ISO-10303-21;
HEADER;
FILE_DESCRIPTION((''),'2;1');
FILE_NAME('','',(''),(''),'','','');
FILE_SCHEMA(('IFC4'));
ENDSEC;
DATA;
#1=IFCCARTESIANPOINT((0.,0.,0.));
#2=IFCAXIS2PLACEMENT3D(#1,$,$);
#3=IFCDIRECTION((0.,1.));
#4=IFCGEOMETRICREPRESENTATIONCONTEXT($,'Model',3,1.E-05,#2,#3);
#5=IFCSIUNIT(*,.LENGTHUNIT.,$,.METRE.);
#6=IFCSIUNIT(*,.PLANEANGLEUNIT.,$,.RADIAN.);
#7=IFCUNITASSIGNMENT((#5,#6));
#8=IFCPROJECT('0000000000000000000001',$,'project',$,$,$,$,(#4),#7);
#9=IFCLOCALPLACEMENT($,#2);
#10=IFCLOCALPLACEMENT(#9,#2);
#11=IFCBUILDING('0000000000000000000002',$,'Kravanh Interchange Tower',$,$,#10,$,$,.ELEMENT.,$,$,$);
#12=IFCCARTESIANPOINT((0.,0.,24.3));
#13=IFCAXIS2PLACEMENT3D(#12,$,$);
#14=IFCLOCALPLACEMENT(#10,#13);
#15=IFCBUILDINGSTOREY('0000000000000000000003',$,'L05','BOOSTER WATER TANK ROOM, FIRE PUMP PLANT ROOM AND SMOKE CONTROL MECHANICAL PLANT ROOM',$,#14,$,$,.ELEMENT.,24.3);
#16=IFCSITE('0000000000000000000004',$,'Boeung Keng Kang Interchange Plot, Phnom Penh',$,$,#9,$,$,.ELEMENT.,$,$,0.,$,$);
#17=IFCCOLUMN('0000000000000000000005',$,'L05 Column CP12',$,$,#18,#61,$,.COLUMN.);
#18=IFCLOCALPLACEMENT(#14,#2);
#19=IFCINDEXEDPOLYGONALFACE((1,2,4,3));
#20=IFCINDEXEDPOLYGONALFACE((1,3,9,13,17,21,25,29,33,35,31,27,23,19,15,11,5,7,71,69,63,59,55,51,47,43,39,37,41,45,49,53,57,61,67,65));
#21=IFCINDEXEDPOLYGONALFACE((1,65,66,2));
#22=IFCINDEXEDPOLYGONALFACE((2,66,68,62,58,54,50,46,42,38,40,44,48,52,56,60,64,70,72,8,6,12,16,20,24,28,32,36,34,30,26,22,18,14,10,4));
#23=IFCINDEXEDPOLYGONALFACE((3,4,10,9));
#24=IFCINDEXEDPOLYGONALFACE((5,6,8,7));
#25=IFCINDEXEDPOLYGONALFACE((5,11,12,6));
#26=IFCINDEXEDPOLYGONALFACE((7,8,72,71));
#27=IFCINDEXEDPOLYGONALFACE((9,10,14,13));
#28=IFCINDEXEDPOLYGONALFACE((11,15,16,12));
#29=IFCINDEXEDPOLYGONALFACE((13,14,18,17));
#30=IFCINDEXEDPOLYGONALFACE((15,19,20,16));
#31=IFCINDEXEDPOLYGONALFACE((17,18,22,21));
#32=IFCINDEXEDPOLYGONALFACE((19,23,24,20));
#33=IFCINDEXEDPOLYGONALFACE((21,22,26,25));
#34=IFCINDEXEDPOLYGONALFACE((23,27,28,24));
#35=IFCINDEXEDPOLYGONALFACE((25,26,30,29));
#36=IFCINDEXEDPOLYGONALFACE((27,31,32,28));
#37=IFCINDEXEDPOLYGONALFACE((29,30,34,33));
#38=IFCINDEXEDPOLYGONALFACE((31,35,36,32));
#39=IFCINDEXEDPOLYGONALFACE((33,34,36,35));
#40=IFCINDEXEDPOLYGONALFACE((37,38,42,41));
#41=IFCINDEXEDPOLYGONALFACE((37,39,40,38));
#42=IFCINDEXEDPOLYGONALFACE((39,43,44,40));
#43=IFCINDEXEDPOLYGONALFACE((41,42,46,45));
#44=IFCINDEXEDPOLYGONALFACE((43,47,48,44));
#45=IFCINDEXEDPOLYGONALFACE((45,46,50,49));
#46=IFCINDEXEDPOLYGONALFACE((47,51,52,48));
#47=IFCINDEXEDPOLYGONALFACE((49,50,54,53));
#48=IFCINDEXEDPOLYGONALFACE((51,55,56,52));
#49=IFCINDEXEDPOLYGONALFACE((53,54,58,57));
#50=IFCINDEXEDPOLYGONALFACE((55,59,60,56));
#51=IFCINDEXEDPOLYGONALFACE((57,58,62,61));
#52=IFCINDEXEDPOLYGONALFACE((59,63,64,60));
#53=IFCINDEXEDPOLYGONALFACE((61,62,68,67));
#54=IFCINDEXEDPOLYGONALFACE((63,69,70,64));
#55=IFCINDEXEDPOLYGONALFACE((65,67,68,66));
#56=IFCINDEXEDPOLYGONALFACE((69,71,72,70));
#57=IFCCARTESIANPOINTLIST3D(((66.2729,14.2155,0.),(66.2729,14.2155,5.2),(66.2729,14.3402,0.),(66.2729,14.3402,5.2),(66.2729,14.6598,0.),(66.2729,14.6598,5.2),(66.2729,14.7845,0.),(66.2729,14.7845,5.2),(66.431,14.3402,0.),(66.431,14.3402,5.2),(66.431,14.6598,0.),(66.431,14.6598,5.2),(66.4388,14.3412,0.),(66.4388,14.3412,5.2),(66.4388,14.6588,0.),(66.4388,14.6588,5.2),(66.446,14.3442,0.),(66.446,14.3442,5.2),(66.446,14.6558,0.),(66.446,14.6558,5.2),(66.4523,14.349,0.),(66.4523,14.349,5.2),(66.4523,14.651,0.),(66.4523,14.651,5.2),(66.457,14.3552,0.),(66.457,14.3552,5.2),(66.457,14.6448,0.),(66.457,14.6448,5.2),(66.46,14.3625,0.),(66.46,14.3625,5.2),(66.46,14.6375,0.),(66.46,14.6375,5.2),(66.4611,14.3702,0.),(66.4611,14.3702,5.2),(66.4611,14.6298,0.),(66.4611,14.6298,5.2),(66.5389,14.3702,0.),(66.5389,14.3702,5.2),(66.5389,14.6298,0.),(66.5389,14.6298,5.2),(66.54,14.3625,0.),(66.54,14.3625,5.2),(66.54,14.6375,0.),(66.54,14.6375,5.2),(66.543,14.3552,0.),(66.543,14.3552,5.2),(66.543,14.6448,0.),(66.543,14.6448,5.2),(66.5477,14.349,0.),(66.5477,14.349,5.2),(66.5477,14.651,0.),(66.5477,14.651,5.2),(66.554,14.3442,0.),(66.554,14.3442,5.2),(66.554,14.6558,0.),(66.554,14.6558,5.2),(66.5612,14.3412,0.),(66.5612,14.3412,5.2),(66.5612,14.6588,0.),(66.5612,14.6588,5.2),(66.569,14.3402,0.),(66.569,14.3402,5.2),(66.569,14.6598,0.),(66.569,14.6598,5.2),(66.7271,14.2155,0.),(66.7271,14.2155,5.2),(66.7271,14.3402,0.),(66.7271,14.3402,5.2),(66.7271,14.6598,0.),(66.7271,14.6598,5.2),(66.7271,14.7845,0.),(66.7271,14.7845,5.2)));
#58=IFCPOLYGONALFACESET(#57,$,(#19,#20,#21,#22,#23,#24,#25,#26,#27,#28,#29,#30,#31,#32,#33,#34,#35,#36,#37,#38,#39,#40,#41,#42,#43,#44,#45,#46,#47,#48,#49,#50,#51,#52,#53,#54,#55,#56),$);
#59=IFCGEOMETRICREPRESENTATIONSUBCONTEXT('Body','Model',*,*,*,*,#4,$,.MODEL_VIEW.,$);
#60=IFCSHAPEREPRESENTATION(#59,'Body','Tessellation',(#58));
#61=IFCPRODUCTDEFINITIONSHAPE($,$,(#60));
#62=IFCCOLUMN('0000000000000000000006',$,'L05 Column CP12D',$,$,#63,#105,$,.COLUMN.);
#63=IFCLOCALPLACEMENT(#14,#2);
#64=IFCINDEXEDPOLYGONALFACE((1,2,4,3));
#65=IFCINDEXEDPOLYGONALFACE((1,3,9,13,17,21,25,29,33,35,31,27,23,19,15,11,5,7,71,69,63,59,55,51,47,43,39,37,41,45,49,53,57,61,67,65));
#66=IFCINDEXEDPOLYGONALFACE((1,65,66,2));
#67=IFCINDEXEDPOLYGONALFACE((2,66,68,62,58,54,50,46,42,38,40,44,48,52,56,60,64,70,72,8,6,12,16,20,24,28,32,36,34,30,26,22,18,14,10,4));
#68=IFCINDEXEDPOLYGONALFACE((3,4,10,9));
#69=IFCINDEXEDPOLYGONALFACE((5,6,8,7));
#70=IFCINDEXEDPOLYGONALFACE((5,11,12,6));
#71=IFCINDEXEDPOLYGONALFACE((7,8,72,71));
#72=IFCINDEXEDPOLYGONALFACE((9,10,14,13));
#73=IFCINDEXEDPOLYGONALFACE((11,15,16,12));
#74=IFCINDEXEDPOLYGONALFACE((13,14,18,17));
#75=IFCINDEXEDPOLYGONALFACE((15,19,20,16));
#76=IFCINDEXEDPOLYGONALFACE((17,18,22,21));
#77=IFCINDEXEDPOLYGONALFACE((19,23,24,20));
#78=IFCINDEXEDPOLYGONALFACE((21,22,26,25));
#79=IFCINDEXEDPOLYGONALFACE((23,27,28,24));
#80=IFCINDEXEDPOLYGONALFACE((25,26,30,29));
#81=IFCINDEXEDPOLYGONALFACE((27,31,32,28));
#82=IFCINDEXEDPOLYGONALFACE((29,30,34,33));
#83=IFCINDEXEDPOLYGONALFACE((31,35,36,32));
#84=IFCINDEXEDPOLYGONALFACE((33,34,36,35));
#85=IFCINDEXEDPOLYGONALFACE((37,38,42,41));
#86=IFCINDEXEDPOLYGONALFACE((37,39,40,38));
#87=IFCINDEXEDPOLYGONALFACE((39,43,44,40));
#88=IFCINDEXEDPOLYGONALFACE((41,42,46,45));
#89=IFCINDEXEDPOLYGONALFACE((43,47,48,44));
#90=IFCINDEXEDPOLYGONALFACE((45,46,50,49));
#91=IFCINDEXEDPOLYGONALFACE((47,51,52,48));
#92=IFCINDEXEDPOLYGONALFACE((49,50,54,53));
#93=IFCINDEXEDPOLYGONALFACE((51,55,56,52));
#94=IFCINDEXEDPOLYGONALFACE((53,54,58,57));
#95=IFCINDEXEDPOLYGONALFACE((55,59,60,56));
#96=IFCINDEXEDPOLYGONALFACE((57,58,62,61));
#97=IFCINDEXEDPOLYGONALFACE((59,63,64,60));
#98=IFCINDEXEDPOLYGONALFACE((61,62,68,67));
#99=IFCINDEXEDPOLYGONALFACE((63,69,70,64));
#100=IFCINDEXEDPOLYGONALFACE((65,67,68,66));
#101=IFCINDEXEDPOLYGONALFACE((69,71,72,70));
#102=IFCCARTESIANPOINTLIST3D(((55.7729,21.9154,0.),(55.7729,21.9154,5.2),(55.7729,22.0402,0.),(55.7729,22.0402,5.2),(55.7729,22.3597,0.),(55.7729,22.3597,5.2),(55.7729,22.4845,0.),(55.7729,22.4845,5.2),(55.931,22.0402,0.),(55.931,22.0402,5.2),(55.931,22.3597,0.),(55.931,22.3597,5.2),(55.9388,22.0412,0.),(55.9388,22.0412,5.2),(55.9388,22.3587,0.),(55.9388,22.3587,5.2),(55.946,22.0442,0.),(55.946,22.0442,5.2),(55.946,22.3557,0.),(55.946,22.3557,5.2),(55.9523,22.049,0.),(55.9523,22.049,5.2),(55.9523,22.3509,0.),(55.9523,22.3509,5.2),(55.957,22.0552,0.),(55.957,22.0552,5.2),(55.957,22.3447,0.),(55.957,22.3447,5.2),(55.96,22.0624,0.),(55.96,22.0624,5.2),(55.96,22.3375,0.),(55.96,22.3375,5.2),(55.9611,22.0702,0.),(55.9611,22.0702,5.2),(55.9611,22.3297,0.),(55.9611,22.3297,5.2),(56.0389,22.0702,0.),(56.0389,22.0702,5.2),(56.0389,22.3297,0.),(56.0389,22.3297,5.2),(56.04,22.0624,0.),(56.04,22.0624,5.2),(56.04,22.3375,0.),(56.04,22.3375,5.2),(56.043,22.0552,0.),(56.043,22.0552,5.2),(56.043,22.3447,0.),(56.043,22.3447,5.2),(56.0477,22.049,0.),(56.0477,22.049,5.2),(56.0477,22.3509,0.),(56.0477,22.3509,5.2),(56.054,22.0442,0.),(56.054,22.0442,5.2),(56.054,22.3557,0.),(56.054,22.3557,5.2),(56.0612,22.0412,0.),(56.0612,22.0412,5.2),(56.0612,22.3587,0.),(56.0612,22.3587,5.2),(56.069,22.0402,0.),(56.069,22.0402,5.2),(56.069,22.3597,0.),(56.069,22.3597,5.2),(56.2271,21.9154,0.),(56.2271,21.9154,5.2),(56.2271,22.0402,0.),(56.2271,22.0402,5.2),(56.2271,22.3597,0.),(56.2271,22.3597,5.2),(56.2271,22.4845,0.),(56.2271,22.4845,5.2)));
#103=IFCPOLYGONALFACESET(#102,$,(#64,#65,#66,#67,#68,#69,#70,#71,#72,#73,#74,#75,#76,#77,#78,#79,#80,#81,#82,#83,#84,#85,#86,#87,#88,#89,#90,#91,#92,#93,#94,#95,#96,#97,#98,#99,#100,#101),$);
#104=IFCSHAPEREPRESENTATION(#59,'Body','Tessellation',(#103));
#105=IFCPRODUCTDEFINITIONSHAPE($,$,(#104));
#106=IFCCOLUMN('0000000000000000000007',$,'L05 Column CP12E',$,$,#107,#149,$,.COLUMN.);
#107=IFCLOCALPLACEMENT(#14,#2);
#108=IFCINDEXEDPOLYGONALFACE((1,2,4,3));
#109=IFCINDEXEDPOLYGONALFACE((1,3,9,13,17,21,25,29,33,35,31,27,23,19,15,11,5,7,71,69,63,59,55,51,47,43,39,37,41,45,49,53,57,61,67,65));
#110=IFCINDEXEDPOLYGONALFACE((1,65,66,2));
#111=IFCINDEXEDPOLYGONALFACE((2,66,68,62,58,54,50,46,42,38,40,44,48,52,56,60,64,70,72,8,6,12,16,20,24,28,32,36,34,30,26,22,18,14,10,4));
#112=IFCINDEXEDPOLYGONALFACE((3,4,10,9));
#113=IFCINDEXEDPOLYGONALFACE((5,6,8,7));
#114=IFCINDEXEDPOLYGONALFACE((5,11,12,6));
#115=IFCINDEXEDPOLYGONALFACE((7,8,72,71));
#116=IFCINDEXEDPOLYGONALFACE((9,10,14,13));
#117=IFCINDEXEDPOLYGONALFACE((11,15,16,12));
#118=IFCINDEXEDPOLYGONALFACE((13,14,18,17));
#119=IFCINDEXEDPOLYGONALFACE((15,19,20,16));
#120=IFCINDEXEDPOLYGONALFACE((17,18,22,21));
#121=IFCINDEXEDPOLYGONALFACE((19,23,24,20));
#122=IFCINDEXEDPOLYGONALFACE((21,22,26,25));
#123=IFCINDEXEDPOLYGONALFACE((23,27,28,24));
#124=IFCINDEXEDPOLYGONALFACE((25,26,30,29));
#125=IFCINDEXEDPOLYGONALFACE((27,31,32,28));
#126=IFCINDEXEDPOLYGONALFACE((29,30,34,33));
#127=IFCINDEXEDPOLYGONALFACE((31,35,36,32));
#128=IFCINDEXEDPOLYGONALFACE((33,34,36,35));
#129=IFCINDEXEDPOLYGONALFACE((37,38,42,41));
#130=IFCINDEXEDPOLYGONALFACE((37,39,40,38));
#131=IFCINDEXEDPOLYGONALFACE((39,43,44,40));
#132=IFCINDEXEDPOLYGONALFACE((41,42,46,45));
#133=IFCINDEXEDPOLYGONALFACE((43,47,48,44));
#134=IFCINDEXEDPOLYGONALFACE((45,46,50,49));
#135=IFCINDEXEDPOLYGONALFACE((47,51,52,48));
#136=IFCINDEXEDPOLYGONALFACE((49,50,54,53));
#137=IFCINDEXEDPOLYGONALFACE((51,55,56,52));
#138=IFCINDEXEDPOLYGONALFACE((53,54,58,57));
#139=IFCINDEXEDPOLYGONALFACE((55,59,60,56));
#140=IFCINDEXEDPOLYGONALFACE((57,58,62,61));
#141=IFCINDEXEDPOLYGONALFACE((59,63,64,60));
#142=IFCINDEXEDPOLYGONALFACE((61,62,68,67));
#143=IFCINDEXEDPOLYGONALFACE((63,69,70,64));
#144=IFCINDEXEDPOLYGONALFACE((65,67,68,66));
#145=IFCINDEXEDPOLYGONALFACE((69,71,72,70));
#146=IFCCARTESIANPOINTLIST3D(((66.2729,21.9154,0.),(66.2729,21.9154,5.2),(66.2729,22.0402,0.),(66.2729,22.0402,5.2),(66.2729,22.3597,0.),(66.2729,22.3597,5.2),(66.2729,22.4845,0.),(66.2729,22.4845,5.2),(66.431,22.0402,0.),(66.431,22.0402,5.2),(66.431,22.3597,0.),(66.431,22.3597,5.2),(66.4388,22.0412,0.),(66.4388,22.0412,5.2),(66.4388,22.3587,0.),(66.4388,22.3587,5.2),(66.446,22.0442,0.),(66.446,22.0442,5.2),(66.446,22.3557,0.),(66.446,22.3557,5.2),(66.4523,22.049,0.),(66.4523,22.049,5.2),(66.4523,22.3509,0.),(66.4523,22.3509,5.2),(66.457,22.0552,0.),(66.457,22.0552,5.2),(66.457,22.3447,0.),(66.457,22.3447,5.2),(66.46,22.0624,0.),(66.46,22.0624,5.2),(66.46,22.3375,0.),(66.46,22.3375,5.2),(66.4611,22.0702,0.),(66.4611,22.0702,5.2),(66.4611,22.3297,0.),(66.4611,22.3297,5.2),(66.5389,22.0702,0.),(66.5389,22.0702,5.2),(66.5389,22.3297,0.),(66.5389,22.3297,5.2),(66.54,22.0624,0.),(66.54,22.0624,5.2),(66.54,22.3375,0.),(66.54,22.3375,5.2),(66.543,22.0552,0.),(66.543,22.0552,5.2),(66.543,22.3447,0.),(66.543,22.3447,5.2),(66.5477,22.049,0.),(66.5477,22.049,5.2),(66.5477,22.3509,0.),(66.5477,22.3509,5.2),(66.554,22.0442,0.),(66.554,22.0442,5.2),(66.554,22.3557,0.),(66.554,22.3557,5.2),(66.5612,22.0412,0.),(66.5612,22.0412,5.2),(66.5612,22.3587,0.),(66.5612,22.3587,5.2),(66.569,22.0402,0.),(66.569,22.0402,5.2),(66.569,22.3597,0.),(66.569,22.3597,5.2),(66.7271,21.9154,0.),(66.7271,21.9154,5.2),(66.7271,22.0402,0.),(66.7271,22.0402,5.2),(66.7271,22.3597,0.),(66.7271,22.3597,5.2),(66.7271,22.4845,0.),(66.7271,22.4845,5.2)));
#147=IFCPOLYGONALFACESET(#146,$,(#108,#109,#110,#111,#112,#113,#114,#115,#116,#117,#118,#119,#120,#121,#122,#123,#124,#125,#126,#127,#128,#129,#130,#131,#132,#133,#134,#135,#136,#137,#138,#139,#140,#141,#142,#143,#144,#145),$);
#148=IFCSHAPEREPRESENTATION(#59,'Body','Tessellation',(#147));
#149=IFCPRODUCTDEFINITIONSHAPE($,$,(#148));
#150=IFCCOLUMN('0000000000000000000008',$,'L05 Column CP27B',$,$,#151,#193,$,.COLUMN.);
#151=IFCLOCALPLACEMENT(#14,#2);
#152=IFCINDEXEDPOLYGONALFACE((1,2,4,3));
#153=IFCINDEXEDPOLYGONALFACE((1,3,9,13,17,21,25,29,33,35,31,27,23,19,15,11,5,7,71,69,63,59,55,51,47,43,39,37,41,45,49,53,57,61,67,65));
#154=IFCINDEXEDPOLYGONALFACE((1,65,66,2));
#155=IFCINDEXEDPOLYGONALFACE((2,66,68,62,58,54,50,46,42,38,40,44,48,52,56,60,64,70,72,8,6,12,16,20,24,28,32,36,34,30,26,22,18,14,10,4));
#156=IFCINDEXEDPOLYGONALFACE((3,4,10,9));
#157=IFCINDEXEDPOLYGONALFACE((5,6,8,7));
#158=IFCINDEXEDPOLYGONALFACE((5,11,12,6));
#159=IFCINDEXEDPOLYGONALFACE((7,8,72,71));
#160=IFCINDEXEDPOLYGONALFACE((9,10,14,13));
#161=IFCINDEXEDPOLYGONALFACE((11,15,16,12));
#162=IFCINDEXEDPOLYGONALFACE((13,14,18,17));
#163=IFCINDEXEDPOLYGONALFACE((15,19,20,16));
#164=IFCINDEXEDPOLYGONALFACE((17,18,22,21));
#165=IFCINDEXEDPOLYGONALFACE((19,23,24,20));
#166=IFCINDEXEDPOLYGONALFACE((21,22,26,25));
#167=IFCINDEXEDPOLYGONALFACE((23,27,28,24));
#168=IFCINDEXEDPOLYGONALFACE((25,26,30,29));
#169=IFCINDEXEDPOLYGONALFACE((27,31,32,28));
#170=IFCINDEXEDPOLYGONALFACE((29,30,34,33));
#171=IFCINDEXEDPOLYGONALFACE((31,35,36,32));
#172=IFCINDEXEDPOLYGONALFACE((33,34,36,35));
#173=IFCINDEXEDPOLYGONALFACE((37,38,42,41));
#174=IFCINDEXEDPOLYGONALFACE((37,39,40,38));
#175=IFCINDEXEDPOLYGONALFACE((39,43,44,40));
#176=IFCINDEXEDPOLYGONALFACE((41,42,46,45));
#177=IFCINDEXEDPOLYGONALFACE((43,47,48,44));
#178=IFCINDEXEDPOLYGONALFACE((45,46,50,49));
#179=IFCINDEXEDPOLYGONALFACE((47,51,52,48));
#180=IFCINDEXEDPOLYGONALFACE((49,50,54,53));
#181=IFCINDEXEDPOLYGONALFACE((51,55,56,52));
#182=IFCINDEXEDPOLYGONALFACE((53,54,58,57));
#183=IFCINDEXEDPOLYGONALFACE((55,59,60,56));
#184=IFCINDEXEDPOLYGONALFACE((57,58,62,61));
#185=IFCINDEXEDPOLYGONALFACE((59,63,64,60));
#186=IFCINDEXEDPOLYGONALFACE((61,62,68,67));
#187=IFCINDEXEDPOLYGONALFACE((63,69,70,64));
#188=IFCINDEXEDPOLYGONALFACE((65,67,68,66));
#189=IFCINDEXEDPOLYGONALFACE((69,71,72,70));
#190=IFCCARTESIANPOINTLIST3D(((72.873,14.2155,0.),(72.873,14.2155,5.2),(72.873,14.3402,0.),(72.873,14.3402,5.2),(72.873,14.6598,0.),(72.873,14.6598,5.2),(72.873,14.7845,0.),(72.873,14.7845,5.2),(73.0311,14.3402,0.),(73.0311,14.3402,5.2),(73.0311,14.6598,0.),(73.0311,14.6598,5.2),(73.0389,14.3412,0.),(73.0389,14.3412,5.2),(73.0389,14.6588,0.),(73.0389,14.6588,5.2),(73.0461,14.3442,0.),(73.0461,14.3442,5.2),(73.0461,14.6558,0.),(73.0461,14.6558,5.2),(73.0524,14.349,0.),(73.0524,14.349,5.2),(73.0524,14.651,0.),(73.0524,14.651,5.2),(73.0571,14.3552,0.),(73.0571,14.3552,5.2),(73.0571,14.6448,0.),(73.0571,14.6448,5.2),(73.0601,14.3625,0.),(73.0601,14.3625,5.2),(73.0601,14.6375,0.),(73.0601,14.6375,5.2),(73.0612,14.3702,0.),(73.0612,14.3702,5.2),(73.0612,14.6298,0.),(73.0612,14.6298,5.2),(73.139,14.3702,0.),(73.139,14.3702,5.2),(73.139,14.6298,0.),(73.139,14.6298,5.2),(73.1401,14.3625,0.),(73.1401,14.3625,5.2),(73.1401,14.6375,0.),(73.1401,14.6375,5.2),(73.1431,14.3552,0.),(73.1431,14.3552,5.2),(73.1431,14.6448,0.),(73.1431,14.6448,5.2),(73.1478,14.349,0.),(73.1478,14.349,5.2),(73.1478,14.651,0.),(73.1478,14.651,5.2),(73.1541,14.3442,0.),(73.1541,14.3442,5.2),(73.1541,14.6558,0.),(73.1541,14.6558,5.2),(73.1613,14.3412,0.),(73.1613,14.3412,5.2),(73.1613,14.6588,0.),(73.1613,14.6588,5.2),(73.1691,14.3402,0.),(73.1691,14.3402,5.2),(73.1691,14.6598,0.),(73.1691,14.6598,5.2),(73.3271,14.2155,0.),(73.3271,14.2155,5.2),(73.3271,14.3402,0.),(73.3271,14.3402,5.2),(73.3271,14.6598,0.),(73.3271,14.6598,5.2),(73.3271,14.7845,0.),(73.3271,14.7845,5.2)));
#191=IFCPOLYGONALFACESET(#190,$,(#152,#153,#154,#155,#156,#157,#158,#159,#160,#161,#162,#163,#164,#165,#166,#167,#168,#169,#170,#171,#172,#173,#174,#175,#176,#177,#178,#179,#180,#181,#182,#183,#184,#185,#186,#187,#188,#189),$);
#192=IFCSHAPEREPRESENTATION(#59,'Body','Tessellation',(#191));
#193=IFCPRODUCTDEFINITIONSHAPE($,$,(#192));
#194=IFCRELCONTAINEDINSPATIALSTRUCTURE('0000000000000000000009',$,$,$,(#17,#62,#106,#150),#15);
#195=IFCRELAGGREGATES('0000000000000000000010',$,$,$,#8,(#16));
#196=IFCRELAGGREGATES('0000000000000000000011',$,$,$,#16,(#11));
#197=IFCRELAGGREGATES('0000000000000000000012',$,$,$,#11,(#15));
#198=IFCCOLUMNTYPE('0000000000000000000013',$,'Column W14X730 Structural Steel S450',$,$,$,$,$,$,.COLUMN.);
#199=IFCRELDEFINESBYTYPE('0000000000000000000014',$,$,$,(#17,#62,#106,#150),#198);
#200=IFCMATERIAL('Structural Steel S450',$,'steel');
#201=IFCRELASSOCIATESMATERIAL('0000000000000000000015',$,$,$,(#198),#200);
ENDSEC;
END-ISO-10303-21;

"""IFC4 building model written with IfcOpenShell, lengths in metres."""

from ifc_helpers import new_model, si_unit, direction, frame, origin, origin_2d, place, context, subcontext, project, spatial, i_section, extrude, material, material_profile, profile_set, type_object, element, save


model = new_model("IFC4")

# Units and contexts
model_context = context("Model", 3, precision=1e-05, world=origin(), true_north=direction((0.0, 1.0)))
body_context = subcontext(model_context, "Body", "Model", "MODEL_VIEW")
ifc_project = project(units=[si_unit("LENGTHUNIT", "METRE"), si_unit("PLANEANGLEUNIT", "RADIAN")], contexts=[model_context])

# Site, building, storey
site_placement = place(None, origin())
site = spatial("IfcSite", under=ifc_project, at=site_placement, Name="Boeung Keng Kang Interchange Plot, Phnom Penh", CompositionType="ELEMENT", RefElevation=0.0)
building_placement = place(site_placement, origin())
building = spatial("IfcBuilding", under=site, at=building_placement, Name="Kravanh Interchange Tower", CompositionType="ELEMENT")
storey_placement = place(building_placement, frame((0.0, 0.0, 24.3)))
storey = spatial("IfcBuildingStorey", under=building, at=storey_placement, Name="L05", Description="BOOSTER WATER TANK ROOM, FIRE PUMP PLANT ROOM AND SMOKE CONTROL MECHANICAL PLANT ROOM", CompositionType="ELEMENT", Elevation=24.3)

# Columns
ifc_material_1 = material(Name="Structural Steel S450", Category="steel")
ifc_material_profile_1 = material_profile(ifc_material_1, i_section(OverallWidth=0.4541, OverallDepth=0.5691, WebThickness=0.0779, FlangeThickness=0.1248, FilletRadius=0.03, at=origin_2d()), Name="W14X730")
ifc_profile_set_1 = profile_set([ifc_material_profile_1], Name="Structural Steel S450")
column_type = type_object("IfcColumnType", Name="Column W14X730 Structural Steel S450", PredefinedType="COLUMN", material=ifc_profile_set_1)
for number, where, z_axis, x_axis, name in (
    (1, (66.5, 14.5, 0.0), (0.0, 0.0, 1.0), (1.0, 0.0, 0.0), "L05 Column CP12"),
    (2, (56.0, 22.2, 0.0), (0.0, 0.0, 1.0), (1.0, 0.0, 0.0), "L05 Column CP12D"),
    (3, (66.5, 22.2, 0.0), (0.0, 0.0, 1.0), (1.0, 0.0, 0.0), "L05 Column CP12E"),
    (4, (73.1001, 14.5, 0.0), (0.0, 0.0, 1.0), (1.0, 0.0, 0.0), "L05 Column CP27B"),
):
    element("IfcColumn", number, at=place(storey_placement, frame(where, z_axis=z_axis, x_axis=x_axis)), inside=storey, type_object=column_type, Name=name, PredefinedType="COLUMN", context=body_context, shape_type="SweptSolid", body=[
        extrude(i_section(OverallWidth=0.4541, OverallDepth=0.5691, WebThickness=0.0779, FlangeThickness=0.1248, FilletRadius=0.03, at=origin_2d()), origin(), (0.0, 0.0, 1.0), 5.2),
    ])

save(model, "model.ifc")
